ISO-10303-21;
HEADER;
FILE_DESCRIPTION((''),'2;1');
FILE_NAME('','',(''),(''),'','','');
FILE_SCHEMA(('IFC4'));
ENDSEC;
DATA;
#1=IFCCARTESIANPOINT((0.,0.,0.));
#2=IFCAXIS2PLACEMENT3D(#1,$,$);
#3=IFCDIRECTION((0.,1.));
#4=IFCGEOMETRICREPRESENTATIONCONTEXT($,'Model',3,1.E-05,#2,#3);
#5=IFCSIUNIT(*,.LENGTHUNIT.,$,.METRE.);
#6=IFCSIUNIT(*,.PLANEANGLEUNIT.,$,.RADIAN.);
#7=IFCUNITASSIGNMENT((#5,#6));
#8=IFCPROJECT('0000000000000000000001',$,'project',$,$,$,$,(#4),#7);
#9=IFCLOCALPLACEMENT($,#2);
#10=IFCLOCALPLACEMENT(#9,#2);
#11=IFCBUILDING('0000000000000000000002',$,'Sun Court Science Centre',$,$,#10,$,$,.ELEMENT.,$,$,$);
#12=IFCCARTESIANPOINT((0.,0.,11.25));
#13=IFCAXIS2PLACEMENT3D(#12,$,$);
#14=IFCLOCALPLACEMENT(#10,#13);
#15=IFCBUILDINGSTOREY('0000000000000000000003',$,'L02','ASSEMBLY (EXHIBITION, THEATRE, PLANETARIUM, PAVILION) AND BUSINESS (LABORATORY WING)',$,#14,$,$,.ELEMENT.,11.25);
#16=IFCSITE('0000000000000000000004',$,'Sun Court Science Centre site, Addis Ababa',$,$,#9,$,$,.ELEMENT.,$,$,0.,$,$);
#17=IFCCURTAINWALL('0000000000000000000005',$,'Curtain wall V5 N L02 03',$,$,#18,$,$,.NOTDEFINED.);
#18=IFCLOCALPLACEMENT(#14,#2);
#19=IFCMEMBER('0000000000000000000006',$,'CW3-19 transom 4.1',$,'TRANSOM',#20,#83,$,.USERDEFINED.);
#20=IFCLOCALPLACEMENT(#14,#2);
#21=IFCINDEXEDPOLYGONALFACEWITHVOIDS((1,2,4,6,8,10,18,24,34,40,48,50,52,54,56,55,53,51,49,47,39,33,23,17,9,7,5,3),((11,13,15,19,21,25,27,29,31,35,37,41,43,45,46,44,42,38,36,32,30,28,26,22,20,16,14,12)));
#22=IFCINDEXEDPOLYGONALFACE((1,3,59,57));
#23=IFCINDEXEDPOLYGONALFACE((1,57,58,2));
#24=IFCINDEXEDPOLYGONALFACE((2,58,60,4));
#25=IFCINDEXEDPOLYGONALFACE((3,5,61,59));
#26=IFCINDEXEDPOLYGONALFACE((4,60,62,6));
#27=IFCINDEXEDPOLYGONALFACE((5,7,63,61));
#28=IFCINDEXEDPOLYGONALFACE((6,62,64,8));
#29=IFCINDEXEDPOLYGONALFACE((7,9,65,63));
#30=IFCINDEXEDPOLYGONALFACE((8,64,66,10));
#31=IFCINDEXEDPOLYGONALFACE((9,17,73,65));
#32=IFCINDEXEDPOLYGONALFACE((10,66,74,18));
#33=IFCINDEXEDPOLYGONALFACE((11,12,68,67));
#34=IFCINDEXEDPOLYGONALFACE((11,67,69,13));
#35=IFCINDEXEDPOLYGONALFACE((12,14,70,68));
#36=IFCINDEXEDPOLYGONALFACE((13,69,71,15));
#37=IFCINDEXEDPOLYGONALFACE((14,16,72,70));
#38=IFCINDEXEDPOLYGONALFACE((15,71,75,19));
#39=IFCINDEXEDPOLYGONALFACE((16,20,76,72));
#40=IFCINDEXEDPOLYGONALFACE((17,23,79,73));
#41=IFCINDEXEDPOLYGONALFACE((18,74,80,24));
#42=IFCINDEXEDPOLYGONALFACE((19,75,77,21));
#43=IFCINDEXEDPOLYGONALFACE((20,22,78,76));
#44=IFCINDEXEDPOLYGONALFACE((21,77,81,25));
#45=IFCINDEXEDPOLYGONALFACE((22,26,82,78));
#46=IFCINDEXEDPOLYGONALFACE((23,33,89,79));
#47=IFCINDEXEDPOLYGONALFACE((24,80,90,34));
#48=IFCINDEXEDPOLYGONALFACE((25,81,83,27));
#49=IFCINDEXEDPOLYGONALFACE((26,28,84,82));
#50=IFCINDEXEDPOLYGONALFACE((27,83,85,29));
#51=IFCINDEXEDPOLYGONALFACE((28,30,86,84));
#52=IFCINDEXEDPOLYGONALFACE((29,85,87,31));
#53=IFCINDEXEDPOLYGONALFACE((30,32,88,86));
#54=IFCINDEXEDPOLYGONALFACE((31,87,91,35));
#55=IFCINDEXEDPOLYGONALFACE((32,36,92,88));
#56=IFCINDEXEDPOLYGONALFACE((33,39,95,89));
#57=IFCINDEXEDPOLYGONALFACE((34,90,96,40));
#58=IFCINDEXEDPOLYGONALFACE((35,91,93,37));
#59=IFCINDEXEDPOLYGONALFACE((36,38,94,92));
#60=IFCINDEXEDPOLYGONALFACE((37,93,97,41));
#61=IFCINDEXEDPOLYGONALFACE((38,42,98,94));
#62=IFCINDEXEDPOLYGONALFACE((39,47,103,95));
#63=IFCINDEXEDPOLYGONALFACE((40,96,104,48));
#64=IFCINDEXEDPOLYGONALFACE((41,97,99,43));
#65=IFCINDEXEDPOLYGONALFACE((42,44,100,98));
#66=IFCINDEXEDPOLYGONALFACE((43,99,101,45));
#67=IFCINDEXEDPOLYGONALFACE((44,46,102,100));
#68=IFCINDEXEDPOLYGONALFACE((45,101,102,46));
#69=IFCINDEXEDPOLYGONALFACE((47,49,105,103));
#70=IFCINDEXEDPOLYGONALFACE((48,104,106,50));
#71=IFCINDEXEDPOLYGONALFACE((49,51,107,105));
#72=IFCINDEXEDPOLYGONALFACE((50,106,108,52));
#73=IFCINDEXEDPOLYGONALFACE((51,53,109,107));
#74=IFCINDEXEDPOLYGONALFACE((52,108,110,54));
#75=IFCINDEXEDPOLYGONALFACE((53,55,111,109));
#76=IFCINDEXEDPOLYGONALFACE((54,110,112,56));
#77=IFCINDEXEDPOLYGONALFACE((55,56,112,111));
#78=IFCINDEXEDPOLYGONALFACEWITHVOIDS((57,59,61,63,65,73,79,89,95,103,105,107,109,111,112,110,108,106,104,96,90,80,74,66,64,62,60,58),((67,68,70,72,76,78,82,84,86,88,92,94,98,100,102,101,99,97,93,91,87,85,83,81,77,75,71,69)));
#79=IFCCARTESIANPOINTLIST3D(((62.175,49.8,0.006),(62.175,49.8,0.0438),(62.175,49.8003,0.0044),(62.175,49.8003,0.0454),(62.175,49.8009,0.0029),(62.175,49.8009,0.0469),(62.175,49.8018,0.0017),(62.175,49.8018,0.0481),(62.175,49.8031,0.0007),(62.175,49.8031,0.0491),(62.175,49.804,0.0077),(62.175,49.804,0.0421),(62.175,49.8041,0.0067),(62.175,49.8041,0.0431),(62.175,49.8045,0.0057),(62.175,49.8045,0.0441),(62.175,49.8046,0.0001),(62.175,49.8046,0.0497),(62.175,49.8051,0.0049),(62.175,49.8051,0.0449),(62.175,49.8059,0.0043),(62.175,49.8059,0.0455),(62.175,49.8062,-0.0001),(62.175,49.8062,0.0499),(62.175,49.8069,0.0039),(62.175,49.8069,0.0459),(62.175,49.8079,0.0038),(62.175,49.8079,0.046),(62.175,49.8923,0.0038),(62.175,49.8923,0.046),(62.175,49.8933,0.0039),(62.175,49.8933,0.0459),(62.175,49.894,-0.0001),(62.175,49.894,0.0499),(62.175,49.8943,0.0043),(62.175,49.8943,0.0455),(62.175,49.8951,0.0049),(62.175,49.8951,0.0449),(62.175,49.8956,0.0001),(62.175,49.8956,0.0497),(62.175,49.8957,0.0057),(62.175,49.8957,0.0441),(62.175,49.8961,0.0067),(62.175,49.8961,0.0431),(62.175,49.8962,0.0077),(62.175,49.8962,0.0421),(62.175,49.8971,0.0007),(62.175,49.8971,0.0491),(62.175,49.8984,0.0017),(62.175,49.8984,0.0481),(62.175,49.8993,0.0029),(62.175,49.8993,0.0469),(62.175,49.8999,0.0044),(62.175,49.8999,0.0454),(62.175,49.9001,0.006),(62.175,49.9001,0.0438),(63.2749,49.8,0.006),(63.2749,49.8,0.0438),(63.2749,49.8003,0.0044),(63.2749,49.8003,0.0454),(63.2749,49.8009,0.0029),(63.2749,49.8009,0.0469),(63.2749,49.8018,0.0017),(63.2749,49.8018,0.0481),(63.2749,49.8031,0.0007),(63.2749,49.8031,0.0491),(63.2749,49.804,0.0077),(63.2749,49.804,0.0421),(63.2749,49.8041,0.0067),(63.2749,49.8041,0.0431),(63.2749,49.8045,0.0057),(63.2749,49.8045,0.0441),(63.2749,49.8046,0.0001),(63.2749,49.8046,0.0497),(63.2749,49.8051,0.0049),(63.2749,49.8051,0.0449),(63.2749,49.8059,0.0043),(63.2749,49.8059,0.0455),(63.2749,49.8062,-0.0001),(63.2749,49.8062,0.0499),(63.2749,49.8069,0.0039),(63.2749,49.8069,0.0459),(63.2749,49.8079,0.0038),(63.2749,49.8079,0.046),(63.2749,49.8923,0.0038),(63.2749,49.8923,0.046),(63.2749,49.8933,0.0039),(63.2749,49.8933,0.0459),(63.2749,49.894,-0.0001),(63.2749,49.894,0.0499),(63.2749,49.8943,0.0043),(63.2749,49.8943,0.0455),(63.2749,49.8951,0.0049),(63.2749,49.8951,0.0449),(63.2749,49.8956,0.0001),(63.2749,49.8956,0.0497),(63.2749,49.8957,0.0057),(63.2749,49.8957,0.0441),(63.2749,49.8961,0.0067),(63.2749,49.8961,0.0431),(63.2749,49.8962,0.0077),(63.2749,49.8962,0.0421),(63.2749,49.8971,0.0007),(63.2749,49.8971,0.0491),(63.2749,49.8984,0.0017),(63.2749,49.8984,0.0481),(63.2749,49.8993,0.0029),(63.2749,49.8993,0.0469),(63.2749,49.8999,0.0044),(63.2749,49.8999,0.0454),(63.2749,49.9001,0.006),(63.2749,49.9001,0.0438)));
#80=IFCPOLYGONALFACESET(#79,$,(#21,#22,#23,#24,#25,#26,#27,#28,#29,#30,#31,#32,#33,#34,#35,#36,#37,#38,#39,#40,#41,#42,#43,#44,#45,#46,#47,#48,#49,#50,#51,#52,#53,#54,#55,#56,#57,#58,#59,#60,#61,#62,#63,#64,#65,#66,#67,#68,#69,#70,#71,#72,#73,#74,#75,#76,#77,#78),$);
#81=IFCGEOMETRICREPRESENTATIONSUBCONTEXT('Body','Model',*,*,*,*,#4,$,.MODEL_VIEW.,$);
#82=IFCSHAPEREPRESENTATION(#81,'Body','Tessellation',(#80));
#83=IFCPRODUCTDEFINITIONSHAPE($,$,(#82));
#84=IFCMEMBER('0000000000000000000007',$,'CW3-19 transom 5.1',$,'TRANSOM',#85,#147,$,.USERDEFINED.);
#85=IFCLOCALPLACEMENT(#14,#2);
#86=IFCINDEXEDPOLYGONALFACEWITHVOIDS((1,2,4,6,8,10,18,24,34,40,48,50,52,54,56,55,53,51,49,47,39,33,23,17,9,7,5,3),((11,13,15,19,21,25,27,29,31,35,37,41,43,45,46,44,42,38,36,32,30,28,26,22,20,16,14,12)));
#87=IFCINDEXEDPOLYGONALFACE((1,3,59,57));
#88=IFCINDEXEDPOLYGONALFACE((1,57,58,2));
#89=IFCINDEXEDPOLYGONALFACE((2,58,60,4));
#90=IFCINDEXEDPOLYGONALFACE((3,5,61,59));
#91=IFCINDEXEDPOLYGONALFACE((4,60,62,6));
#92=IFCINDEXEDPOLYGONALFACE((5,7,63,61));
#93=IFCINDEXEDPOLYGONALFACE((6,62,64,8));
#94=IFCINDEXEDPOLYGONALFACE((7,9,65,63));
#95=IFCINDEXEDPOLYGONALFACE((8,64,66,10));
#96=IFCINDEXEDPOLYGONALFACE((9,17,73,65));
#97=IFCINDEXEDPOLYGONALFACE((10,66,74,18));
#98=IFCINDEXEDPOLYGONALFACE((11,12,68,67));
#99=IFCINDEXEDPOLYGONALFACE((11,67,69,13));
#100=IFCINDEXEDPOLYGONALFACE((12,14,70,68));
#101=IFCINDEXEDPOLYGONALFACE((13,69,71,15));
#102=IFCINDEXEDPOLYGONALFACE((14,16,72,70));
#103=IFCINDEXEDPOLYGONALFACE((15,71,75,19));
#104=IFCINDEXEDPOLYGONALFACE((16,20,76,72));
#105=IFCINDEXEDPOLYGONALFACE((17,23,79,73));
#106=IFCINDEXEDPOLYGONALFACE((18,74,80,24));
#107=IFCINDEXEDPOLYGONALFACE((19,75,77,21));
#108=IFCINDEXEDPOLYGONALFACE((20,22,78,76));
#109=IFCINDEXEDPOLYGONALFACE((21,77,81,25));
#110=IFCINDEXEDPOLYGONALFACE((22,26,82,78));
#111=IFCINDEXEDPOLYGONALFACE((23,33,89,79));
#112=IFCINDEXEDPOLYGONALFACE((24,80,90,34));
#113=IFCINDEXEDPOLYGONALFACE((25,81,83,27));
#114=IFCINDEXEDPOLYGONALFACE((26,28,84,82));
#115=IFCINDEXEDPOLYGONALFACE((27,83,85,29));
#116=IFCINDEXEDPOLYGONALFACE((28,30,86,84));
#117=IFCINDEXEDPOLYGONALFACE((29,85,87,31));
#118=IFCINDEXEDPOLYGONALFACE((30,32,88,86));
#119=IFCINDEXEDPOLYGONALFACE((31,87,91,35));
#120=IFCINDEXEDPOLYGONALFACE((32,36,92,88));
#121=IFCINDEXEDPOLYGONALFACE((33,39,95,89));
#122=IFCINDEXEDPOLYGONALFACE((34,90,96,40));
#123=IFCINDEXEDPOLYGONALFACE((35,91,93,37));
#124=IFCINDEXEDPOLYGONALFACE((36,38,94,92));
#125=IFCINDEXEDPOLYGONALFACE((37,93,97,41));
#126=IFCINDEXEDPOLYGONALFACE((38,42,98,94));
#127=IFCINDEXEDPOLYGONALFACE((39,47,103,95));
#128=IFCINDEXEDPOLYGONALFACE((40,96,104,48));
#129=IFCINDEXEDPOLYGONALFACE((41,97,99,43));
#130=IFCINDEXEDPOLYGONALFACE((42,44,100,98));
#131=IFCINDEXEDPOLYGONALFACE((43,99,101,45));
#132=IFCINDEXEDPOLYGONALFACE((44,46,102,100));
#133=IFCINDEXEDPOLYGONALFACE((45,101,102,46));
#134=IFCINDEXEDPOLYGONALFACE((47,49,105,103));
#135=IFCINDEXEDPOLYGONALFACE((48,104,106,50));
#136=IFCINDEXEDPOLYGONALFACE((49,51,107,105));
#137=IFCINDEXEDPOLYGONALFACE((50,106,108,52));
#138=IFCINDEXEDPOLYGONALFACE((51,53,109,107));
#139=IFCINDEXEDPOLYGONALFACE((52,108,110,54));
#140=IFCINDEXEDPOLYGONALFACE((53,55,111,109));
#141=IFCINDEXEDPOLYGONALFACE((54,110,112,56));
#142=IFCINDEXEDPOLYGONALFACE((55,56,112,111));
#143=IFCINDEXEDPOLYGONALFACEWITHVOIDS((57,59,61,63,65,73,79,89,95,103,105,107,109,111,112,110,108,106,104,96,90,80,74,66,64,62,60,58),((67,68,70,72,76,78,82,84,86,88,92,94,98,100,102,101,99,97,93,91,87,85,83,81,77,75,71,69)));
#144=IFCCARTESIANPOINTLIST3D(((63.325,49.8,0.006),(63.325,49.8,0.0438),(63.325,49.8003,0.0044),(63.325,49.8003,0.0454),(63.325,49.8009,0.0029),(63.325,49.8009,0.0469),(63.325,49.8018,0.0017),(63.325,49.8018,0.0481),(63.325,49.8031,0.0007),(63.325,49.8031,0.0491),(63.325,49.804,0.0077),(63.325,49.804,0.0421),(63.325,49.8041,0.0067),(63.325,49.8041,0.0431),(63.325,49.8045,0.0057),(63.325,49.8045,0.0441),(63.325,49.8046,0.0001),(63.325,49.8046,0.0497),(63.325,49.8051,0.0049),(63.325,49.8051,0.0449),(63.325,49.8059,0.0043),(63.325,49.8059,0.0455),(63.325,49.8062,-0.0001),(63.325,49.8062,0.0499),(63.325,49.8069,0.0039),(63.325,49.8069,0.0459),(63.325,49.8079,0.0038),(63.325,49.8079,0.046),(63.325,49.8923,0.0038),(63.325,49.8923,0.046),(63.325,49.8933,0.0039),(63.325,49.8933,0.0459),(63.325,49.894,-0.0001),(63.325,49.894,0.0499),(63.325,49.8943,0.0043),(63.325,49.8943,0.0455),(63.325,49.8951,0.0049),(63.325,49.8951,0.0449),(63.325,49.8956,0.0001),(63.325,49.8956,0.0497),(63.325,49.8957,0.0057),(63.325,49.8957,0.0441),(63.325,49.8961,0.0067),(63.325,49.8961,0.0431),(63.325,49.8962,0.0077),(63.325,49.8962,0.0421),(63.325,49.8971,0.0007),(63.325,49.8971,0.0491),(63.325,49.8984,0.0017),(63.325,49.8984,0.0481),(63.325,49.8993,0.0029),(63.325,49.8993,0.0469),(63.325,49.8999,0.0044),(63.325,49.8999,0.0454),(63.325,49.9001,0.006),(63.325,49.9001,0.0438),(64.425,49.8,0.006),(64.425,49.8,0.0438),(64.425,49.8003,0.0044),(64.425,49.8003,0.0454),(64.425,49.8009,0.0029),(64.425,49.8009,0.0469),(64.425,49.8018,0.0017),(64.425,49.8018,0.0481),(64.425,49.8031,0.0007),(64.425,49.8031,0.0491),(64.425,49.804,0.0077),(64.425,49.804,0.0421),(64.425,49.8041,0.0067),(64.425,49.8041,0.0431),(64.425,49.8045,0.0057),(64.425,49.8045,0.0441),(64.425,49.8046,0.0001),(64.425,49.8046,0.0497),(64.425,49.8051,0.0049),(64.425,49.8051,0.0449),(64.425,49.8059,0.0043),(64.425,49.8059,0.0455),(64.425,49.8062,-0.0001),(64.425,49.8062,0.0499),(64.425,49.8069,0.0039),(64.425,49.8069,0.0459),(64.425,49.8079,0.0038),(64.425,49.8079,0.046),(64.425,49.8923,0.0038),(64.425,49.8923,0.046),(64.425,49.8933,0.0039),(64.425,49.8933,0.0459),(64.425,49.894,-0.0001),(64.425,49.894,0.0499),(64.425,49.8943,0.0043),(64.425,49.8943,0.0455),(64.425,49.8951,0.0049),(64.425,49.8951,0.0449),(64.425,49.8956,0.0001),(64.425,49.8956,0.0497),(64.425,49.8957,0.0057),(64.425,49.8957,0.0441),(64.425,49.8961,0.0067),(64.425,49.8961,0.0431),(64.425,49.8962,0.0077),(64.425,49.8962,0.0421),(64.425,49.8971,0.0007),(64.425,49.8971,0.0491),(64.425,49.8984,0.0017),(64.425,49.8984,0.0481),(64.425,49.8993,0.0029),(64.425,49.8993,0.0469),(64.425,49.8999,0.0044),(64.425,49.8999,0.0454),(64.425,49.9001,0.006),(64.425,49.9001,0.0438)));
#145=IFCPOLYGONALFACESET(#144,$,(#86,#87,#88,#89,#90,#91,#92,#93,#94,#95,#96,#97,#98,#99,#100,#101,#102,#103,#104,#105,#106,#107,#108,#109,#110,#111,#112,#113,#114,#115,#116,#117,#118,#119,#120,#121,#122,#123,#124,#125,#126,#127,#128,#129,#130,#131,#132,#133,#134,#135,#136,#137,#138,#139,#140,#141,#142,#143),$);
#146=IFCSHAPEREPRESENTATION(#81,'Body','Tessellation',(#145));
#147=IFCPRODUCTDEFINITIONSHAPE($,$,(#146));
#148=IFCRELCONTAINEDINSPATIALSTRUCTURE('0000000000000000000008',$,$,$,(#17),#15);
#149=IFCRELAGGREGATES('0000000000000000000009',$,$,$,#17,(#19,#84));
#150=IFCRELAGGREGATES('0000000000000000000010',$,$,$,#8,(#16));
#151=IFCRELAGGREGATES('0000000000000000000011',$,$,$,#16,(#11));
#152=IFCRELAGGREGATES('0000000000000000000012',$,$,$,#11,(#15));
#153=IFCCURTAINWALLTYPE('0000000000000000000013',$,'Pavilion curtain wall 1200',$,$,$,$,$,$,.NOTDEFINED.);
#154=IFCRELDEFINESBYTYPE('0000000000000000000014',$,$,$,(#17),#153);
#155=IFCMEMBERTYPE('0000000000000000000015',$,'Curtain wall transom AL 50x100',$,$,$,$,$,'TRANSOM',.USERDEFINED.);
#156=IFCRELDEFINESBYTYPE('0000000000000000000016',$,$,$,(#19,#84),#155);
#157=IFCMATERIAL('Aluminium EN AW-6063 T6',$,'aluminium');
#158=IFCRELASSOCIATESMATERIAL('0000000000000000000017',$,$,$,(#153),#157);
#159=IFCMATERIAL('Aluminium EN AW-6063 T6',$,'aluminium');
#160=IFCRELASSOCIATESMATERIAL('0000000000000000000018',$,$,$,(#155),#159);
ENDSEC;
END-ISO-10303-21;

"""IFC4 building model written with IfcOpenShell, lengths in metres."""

from ifc_helpers import new_model, si_unit, direction, frame, origin, origin_2d, place, context, subcontext, project, spatial, hollow_rectangle, extrude, material, material_profile, profile_set, type_object, element, aggregate, save


model = new_model("IFC4")

# Units and contexts
model_context = context("Model", 3, precision=1e-05, world=origin(), true_north=direction((0.0, 1.0)))
body_context = subcontext(model_context, "Body", "Model", "MODEL_VIEW")
ifc_project = project(units=[si_unit("LENGTHUNIT", "METRE"), si_unit("PLANEANGLEUNIT", "RADIAN")], contexts=[model_context])

# Site, building, storey
site_placement = place(None, origin())
site = spatial("IfcSite", under=ifc_project, at=site_placement, Name="Sun Court Science Centre site, Addis Ababa", CompositionType="ELEMENT", RefElevation=0.0)
building_placement = place(site_placement, origin())
building = spatial("IfcBuilding", under=site, at=building_placement, Name="Sun Court Science Centre", CompositionType="ELEMENT")
storey_placement = place(building_placement, frame((0.0, 0.0, 11.25)))
storey = spatial("IfcBuildingStorey", under=building, at=storey_placement, Name="L02", Description="ASSEMBLY (EXHIBITION, THEATRE, PLANETARIUM, PAVILION) AND BUSINESS (LABORATORY WING)", CompositionType="ELEMENT", Elevation=11.25)

# Curtain wall, members
ifc_material_1 = material(Name="Aluminium EN AW-6063 T6", Category="aluminium")
curtain_wall_type = type_object("IfcCurtainWallType", Name="Pavilion curtain wall 1200", PredefinedType="NOTDEFINED", material=ifc_material_1)
curtain_wall_placement = place(storey_placement, origin())
curtain_wall = element("IfcCurtainWall", 1, at=curtain_wall_placement, inside=storey, type_object=curtain_wall_type, Name="Curtain wall V5 N L02 03", PredefinedType="NOTDEFINED")
ifc_material_2 = material(Name="Aluminium EN AW-6063 T6", Category="aluminium")
ifc_material_profile_1 = material_profile(ifc_material_2, hollow_rectangle(XDim=0.05, YDim=0.1001, WallThickness=0.0039, InnerFilletRadius=0.0039, OuterFilletRadius=0.0061, at=origin_2d()), Name="AL 50x100x4")
ifc_profile_set_1 = profile_set([ifc_material_profile_1], Name="Aluminium EN AW-6063 T6")
member_type_1 = type_object("IfcMemberType", Name="Curtain wall transom AL 50x100", ElementType="TRANSOM", PredefinedType="USERDEFINED", material=ifc_profile_set_1)
member_1_placement = place(storey_placement, frame((62.175, 49.8501, 0.0249), z_axis=(1.0, 0.0, 0.0), x_axis=(0.0, 0.0, 1.0)))
member_1 = element("IfcMember", 2, at=member_1_placement, type_object=member_type_1, Name="CW3-19 transom 4.1", ObjectType="TRANSOM", PredefinedType="USERDEFINED", context=body_context, shape_type="SweptSolid", body=[
    extrude(hollow_rectangle(XDim=0.05, YDim=0.1001, WallThickness=0.0039, InnerFilletRadius=0.0039, OuterFilletRadius=0.0061, at=origin_2d()), origin(), (0.0, 0.0, 1.0), 1.0999),
])
member_2_placement = place(storey_placement, frame((63.325, 49.8501, 0.0249), z_axis=(1.0, 0.0, 0.0), x_axis=(0.0, 0.0, 1.0)))
member_2 = element("IfcMember", 3, at=member_2_placement, type_object=member_type_1, Name="CW3-19 transom 5.1", ObjectType="TRANSOM", PredefinedType="USERDEFINED", context=body_context, shape_type="SweptSolid", body=[
    extrude(hollow_rectangle(XDim=0.05, YDim=0.1001, WallThickness=0.0039, InnerFilletRadius=0.0039, OuterFilletRadius=0.0061, at=origin_2d()), origin(), (0.0, 0.0, 1.0), 1.1001),
])
aggregate(curtain_wall, [member_1, member_2])

save(model, "model.ifc")
